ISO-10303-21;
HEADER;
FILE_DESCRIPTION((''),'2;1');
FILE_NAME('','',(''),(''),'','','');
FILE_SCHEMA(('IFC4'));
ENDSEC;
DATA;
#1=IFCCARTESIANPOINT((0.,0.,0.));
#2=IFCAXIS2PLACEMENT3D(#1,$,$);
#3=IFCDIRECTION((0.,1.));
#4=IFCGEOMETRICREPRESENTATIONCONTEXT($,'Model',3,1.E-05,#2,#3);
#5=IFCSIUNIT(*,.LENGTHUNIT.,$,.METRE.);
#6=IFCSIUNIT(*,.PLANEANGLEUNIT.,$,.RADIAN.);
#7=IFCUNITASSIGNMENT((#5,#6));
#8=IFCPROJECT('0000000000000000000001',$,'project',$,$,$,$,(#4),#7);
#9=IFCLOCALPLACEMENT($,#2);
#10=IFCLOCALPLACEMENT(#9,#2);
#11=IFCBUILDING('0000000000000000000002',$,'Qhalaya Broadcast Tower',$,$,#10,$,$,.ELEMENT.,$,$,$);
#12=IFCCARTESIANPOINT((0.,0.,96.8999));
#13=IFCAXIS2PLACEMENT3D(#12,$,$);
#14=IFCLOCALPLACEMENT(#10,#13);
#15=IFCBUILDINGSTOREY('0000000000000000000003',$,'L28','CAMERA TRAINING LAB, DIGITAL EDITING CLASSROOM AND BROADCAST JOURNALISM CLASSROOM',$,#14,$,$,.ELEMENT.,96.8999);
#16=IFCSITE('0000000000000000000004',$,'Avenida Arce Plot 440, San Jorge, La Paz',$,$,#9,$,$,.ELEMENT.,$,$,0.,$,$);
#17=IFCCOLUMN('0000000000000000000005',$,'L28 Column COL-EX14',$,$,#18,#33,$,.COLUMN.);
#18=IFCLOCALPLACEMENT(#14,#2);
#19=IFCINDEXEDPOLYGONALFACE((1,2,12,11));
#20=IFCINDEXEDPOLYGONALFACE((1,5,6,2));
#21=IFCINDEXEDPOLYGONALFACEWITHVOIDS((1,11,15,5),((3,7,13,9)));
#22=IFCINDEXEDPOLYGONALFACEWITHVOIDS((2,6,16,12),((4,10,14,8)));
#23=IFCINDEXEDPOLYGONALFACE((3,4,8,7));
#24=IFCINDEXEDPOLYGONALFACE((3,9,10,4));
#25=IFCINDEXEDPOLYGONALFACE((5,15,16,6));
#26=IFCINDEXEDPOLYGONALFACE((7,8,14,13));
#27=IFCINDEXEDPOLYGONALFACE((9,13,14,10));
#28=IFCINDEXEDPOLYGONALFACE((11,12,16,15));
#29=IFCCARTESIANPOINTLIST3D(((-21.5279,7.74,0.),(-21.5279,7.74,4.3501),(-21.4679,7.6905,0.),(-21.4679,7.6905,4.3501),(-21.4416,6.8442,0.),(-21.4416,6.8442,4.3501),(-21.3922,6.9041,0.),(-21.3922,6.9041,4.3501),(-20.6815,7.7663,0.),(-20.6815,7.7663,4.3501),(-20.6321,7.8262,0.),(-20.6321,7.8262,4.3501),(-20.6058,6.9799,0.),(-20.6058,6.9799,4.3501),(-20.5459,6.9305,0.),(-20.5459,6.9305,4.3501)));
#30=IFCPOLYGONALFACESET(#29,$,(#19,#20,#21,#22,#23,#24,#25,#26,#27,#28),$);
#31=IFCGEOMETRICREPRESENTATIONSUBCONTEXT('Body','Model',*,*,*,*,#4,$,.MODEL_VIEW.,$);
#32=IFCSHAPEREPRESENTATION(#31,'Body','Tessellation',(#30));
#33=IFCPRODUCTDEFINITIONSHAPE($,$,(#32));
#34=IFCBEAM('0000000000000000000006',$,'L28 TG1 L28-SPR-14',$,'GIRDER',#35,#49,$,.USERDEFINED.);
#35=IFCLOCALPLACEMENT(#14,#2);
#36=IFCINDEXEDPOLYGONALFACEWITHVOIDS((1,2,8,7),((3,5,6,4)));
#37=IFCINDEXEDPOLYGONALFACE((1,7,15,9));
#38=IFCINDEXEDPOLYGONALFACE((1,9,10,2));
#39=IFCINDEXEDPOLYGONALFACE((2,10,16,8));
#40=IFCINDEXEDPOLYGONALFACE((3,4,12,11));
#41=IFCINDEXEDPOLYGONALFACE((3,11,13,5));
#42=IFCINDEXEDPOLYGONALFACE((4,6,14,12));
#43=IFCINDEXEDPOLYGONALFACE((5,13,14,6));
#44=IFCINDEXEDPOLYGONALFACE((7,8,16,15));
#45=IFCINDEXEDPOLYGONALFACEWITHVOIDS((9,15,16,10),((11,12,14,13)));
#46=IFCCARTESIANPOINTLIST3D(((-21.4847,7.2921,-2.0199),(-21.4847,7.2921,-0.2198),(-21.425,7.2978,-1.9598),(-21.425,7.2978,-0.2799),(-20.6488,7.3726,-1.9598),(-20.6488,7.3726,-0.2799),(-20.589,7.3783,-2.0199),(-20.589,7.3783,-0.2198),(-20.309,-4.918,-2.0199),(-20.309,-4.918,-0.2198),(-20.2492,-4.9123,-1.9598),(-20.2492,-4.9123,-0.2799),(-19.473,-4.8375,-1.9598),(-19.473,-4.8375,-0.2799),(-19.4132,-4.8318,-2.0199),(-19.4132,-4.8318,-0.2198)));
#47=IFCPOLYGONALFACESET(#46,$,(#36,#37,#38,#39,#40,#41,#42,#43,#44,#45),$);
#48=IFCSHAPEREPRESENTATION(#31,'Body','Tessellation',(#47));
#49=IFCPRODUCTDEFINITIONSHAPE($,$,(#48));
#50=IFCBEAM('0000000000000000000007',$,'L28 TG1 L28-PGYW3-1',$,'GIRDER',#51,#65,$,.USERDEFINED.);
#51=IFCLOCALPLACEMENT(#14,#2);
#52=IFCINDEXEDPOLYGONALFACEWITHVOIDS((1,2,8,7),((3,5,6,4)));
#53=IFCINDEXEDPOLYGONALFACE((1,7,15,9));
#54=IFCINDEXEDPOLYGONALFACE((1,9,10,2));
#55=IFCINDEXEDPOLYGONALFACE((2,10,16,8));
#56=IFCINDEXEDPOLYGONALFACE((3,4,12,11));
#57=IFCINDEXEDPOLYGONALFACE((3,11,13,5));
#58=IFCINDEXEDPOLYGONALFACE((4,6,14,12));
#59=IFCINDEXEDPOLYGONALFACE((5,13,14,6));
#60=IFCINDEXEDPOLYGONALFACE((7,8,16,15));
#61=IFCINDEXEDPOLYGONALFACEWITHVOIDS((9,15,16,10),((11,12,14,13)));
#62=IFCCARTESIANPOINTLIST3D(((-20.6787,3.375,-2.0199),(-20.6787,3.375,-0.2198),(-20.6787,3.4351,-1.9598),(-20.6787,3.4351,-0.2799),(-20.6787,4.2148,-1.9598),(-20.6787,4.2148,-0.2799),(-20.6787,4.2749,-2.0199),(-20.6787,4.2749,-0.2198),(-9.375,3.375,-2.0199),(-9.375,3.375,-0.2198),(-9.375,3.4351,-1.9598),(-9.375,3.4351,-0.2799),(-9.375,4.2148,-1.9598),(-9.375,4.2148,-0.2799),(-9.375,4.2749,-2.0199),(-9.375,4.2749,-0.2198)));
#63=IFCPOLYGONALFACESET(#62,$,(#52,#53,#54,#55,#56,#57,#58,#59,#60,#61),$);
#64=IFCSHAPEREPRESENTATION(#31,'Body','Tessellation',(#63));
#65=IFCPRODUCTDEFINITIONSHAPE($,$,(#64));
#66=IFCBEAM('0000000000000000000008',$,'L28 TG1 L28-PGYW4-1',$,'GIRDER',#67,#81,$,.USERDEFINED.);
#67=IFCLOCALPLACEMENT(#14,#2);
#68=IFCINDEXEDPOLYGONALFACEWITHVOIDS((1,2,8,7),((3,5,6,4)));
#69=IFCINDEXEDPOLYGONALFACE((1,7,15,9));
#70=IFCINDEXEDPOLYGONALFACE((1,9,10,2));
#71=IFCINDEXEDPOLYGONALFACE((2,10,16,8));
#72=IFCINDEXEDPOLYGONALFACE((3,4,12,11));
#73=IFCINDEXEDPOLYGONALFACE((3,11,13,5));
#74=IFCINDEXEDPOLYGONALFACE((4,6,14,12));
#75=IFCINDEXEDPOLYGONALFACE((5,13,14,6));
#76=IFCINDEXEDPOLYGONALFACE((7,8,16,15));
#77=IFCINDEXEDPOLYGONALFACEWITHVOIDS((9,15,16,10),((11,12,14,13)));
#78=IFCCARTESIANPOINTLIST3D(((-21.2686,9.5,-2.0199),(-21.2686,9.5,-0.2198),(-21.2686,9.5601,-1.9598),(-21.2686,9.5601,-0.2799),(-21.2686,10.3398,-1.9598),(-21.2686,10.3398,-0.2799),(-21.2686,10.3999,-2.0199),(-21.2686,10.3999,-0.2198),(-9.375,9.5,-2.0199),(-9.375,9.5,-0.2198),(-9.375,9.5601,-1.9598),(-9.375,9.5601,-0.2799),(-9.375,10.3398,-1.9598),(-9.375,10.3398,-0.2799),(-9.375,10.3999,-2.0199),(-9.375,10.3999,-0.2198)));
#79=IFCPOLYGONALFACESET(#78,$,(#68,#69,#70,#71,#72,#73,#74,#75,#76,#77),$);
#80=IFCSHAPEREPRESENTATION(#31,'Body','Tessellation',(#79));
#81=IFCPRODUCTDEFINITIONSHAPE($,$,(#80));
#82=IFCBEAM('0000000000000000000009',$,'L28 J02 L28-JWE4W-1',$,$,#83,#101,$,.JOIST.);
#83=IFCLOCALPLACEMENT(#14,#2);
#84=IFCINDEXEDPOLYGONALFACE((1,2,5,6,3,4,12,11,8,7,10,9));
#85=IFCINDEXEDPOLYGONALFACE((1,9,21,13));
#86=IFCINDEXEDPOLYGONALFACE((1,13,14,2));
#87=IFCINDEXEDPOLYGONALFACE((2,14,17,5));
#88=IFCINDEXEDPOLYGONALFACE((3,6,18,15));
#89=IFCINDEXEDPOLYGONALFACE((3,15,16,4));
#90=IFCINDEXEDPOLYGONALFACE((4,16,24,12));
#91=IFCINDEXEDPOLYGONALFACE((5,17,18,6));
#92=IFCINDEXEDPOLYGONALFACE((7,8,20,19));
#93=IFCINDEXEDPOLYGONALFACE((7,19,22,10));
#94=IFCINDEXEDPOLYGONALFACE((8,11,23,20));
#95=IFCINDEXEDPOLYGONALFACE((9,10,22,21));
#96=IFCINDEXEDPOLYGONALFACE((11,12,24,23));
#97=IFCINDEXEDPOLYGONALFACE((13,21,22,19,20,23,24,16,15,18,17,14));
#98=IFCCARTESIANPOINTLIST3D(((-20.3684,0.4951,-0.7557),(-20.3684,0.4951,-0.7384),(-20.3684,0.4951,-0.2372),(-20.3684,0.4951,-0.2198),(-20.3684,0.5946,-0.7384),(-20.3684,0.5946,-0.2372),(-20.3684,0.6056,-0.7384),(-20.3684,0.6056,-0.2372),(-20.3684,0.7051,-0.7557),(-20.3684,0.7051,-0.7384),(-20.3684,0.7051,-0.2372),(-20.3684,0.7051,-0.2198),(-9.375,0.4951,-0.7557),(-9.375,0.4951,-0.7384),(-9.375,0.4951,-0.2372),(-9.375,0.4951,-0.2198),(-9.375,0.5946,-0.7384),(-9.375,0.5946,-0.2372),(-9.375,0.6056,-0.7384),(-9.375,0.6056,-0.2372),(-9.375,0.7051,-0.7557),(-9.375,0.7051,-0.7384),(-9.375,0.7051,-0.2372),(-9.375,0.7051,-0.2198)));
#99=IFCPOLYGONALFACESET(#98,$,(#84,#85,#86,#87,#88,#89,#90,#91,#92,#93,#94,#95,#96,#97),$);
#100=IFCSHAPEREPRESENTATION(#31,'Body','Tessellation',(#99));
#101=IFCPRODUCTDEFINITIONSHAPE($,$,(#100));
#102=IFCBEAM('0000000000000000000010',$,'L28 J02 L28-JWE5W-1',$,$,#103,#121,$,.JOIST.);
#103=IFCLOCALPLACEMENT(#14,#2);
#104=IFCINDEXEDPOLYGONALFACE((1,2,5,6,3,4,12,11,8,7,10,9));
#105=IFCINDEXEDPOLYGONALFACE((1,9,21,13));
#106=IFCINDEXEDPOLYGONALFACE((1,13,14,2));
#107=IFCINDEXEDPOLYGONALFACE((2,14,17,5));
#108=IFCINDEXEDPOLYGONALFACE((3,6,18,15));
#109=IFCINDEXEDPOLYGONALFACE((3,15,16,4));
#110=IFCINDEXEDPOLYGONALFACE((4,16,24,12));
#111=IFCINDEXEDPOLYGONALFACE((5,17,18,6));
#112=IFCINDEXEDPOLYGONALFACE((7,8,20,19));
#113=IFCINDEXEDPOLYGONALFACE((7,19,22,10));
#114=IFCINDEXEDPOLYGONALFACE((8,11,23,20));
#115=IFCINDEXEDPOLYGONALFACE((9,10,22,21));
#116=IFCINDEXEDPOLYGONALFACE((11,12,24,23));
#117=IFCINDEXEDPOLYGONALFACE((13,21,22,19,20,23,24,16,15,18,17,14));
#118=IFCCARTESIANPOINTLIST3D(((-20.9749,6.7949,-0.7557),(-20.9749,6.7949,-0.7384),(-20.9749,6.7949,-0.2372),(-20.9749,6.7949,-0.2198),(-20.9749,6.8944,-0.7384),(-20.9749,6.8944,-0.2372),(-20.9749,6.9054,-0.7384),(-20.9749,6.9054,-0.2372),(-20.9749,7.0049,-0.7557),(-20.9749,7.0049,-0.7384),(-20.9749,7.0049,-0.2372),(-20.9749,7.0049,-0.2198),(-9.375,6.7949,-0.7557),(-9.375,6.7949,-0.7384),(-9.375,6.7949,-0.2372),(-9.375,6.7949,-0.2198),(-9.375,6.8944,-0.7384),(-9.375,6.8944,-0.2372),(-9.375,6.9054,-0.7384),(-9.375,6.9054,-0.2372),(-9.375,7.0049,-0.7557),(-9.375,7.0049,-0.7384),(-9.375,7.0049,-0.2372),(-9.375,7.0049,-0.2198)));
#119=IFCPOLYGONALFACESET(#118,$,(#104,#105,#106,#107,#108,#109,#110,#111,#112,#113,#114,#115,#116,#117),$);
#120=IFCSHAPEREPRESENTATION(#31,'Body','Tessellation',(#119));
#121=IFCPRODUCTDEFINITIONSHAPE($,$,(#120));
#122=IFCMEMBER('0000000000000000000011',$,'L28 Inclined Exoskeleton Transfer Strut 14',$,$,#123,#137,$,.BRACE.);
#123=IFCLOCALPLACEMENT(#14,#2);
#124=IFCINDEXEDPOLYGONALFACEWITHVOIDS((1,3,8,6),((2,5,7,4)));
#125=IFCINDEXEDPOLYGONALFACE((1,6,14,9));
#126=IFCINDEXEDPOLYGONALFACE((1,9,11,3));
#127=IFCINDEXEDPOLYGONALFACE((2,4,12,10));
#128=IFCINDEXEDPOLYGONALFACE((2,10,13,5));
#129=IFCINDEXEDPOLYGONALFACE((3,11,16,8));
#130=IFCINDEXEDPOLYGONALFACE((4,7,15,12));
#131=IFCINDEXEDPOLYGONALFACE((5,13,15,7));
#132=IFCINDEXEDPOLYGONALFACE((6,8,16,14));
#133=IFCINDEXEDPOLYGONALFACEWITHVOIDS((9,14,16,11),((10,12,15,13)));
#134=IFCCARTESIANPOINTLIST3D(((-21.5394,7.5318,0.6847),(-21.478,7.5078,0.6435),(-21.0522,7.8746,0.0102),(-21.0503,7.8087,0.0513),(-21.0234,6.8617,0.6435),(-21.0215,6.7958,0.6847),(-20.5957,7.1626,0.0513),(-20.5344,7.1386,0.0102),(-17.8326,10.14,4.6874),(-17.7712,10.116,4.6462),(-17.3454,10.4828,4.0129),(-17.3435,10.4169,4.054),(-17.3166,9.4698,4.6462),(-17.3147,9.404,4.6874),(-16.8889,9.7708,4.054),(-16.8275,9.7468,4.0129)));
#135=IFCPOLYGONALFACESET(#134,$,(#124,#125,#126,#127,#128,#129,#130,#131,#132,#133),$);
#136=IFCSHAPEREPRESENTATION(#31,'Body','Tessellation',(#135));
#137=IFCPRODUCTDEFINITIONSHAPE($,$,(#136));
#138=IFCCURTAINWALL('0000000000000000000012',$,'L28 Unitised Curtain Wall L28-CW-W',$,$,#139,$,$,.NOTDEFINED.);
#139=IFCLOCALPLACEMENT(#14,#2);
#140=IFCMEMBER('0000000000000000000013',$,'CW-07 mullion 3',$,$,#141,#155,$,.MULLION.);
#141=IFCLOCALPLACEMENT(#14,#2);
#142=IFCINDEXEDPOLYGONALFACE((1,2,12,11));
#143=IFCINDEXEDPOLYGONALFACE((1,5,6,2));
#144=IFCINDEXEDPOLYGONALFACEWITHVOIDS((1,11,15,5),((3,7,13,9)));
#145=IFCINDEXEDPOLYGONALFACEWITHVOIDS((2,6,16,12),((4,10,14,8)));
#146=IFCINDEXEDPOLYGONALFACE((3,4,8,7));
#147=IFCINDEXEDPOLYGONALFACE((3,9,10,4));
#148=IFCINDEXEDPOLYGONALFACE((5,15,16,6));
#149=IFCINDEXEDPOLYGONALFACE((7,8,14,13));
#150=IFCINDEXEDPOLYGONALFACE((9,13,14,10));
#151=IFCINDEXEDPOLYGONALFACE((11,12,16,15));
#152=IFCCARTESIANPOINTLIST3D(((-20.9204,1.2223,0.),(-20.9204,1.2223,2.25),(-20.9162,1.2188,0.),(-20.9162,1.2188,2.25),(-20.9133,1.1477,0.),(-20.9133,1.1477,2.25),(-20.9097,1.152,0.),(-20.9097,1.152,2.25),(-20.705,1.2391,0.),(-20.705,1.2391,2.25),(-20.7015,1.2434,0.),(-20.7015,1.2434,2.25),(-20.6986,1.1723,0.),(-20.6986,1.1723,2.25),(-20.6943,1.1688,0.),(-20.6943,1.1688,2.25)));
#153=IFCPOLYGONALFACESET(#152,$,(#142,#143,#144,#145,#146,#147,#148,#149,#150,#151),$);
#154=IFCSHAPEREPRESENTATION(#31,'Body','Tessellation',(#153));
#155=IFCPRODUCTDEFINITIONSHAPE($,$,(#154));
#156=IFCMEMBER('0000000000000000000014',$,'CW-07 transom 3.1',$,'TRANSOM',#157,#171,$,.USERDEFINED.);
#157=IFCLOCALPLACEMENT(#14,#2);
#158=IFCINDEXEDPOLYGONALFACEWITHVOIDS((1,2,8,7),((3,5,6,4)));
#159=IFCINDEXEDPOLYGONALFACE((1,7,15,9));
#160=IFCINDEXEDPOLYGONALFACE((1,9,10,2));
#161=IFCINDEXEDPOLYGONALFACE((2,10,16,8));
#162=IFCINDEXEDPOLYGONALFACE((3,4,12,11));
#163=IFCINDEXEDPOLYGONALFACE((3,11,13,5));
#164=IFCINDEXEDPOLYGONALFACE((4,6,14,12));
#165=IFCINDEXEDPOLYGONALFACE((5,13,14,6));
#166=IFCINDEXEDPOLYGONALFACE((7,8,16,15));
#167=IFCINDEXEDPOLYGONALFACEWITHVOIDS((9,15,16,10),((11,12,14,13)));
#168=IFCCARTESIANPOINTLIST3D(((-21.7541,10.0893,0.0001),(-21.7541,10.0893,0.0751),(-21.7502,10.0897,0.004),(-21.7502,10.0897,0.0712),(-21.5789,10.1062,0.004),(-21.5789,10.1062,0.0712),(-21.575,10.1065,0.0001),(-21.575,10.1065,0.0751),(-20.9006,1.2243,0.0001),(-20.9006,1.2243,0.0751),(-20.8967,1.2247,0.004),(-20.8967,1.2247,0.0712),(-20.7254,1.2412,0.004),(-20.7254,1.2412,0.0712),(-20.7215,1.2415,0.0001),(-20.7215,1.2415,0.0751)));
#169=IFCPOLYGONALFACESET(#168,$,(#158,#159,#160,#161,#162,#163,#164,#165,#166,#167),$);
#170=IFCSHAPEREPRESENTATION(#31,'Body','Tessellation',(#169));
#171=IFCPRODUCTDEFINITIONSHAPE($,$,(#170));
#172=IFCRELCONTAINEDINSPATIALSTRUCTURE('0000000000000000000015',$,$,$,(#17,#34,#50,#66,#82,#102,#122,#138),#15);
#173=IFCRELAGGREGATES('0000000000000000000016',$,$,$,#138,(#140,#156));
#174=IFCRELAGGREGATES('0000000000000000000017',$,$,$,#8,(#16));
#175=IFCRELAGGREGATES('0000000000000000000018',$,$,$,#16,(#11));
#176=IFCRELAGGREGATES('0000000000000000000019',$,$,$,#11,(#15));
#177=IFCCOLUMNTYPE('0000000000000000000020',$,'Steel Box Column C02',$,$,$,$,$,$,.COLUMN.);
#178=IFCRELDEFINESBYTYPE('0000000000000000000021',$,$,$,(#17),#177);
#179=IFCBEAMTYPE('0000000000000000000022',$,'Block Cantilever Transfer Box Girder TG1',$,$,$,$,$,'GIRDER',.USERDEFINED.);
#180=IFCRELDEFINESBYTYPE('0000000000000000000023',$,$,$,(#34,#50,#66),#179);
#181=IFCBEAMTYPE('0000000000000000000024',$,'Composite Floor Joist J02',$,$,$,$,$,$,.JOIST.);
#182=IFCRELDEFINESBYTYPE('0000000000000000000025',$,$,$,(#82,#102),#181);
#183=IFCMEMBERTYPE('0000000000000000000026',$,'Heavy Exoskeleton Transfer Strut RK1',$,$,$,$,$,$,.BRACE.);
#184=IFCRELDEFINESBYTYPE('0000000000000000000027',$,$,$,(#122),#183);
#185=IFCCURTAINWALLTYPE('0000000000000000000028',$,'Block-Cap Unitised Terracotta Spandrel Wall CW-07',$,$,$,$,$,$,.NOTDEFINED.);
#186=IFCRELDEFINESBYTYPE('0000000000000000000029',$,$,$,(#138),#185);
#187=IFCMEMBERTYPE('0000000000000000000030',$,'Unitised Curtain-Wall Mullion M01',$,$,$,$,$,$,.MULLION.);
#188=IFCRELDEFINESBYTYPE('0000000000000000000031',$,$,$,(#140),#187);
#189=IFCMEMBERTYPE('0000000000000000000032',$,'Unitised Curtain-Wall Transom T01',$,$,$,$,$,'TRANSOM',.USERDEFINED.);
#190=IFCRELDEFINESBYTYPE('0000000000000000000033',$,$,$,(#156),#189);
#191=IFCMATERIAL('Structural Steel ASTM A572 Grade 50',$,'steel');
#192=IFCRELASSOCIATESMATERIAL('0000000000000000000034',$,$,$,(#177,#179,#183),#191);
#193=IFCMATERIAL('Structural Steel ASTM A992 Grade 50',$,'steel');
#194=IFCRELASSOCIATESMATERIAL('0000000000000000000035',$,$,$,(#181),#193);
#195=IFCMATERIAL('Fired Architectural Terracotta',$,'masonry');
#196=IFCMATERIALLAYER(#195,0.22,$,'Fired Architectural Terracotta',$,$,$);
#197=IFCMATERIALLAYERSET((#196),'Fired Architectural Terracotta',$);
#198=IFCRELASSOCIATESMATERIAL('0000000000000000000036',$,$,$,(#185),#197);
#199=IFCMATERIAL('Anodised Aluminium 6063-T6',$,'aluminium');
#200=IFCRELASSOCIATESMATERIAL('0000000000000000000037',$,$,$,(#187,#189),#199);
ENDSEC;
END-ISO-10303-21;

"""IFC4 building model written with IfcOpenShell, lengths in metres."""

from ifc_helpers import new_model, si_unit, direction, frame, origin, origin_2d, place, context, subcontext, project, spatial, hollow_rectangle, i_section, extrude, material, layer, layer_set, material_profile, profile_set, type_object, element, aggregate, save


model = new_model("IFC4")

# Units and contexts
model_context = context("Model", 3, precision=1e-05, world=origin(), true_north=direction((0.0, 1.0)))
body_context = subcontext(model_context, "Body", "Model", "MODEL_VIEW")
ifc_project = project(units=[si_unit("LENGTHUNIT", "METRE"), si_unit("PLANEANGLEUNIT", "RADIAN")], contexts=[model_context])

# Site, building, storey
site_placement = place(None, origin())
site = spatial("IfcSite", under=ifc_project, at=site_placement, Name="Avenida Arce Plot 440, San Jorge, La Paz", CompositionType="ELEMENT", RefElevation=0.0)
building_placement = place(site_placement, origin())
building = spatial("IfcBuilding", under=site, at=building_placement, Name="Qhalaya Broadcast Tower", CompositionType="ELEMENT")
storey_placement = place(building_placement, frame((0.0, 0.0, 96.8999)))
storey = spatial("IfcBuildingStorey", under=building, at=storey_placement, Name="L28", Description="CAMERA TRAINING LAB, DIGITAL EDITING CLASSROOM AND BROADCAST JOURNALISM CLASSROOM", CompositionType="ELEMENT", Elevation=96.8999)

# Column
ifc_material_1 = material(Name="Structural Steel ASTM A572 Grade 50", Category="steel")
ifc_material_profile_1 = material_profile(ifc_material_1, hollow_rectangle(XDim=0.8999, YDim=0.8999, WallThickness=0.0549, at=origin_2d()), Name="BOX 900x900x55")
ifc_profile_set_1 = profile_set([ifc_material_profile_1], Name="Structural Steel ASTM A572 Grade 50")
column_type = type_object("IfcColumnType", Name="Steel Box Column C02", PredefinedType="COLUMN", material=ifc_profile_set_1)
column_placement = place(storey_placement, frame((-21.0369, 7.3352, 0.0), z_axis=(0.0, 0.0, 1.0), x_axis=(-0.095846, 0.995396, 0.0)))
element("IfcColumn", 1, at=column_placement, inside=storey, type_object=column_type, Name="L28 Column COL-EX14", PredefinedType="COLUMN", context=body_context, shape_type="SweptSolid", body=[
    extrude(hollow_rectangle(XDim=0.8999, YDim=0.8999, WallThickness=0.0549, at=origin_2d()), origin(), (0.0, 0.0, 1.0), 4.3501),
])

# Beams
ifc_material_profile_2 = material_profile(ifc_material_1, hollow_rectangle(XDim=0.8999, YDim=1.8, WallThickness=0.0601, at=origin_2d()), Name="BOX 900x1800x60")
ifc_profile_set_2 = profile_set([ifc_material_profile_2], Name="Structural Steel ASTM A572 Grade 50")
beam_type_1 = type_object("IfcBeamType", Name="Block Cantilever Transfer Box Girder TG1", ElementType="GIRDER", PredefinedType="USERDEFINED", material=ifc_profile_set_2)
beam_1_placement = place(storey_placement, frame((-21.0369, 7.3352, -1.1199), z_axis=(0.095852, -0.995396, 0.0), x_axis=(0.995396, 0.095852, 0.0)))
element("IfcBeam", 2, at=beam_1_placement, inside=storey, type_object=beam_type_1, Name="L28 TG1 L28-SPR-14", ObjectType="GIRDER", PredefinedType="USERDEFINED", context=body_context, shape_type="SweptSolid", body=[
    extrude(hollow_rectangle(XDim=0.8999, YDim=1.8, WallThickness=0.0601, at=origin_2d()), origin(), (0.0, 0.0, 1.0), 12.2666),
])
beam_2_placement = place(storey_placement, frame((-20.6787, 3.825, -1.1199), z_axis=(1.0, 0.0, 0.0), x_axis=(0.0, 1.0, 0.0)))
element("IfcBeam", 3, at=beam_2_placement, inside=storey, type_object=beam_type_1, Name="L28 TG1 L28-PGYW3-1", ObjectType="GIRDER", PredefinedType="USERDEFINED", context=body_context, shape_type="SweptSolid", body=[
    extrude(hollow_rectangle(XDim=0.8999, YDim=1.8, WallThickness=0.0601, at=origin_2d()), origin(), (0.0, 0.0, 1.0), 11.3037),
])
beam_3_placement = place(storey_placement, frame((-21.2686, 9.95, -1.1199), z_axis=(1.0, 0.0, 0.0), x_axis=(0.0, 1.0, 0.0)))
element("IfcBeam", 4, at=beam_3_placement, inside=storey, type_object=beam_type_1, Name="L28 TG1 L28-PGYW4-1", ObjectType="GIRDER", PredefinedType="USERDEFINED", context=body_context, shape_type="SweptSolid", body=[
    extrude(hollow_rectangle(XDim=0.8999, YDim=1.8, WallThickness=0.0601, at=origin_2d()), origin(), (0.0, 0.0, 1.0), 11.8936),
])
ifc_material_2 = material(Name="Structural Steel ASTM A992 Grade 50", Category="steel")
ifc_material_profile_3 = material_profile(ifc_material_2, i_section(OverallWidth=0.21, OverallDepth=0.5359, WebThickness=0.011, FlangeThickness=0.0173, at=origin_2d()), Name="W21X68")
ifc_profile_set_3 = profile_set([ifc_material_profile_3], Name="Structural Steel ASTM A992 Grade 50")
beam_type_2 = type_object("IfcBeamType", Name="Composite Floor Joist J02", PredefinedType="JOIST", material=ifc_profile_set_3)
beam_4_placement = place(storey_placement, frame((-20.3684, 0.6001, -0.4878), z_axis=(1.0, 0.0, 0.0), x_axis=(0.0, 1.0, 0.0)))
element("IfcBeam", 5, at=beam_4_placement, inside=storey, type_object=beam_type_2, Name="L28 J02 L28-JWE4W-1", PredefinedType="JOIST", context=body_context, shape_type="SweptSolid", body=[
    extrude(i_section(OverallWidth=0.21, OverallDepth=0.5359, WebThickness=0.011, FlangeThickness=0.0173, at=origin_2d()), origin(), (0.0, 0.0, 1.0), 10.9934),
])
beam_5_placement = place(storey_placement, frame((-20.9749, 6.8999, -0.4878), z_axis=(1.0, 0.0, 0.0), x_axis=(0.0, 1.0, 0.0)))
element("IfcBeam", 6, at=beam_5_placement, inside=storey, type_object=beam_type_2, Name="L28 J02 L28-JWE5W-1", PredefinedType="JOIST", context=body_context, shape_type="SweptSolid", body=[
    extrude(i_section(OverallWidth=0.21, OverallDepth=0.5359, WebThickness=0.011, FlangeThickness=0.0173, at=origin_2d()), origin(), (0.0, 0.0, 1.0), 11.5999),
])

# Member
ifc_material_profile_4 = material_profile(ifc_material_1, hollow_rectangle(XDim=0.8999, YDim=0.8999, WallThickness=0.0549, at=origin_2d()), Name="BOX 900x900x55")
ifc_profile_set_4 = profile_set([ifc_material_profile_4], Name="Structural Steel ASTM A572 Grade 50")
member_type_1 = type_object("IfcMemberType", Name="Heavy Exoskeleton Transfer Strut RK1", PredefinedType="BRACE", material=ifc_profile_set_4)
member_1_placement = place(storey_placement, frame((-21.0369, 7.3352, 0.3474), z_axis=(0.613013, 0.431325, 0.661947), x_axis=(-0.575445, 0.81784, 0.0)))
element("IfcMember", 7, at=member_1_placement, inside=storey, type_object=member_type_1, Name="L28 Inclined Exoskeleton Transfer Strut 14", PredefinedType="BRACE", context=body_context, shape_type="SweptSolid", body=[
    extrude(hollow_rectangle(XDim=0.8999, YDim=0.8999, WallThickness=0.0549, at=origin_2d()), origin(), (0.0, 0.0, 1.0), 6.0469),
])

# Curtain wall, members
ifc_material_3 = material(Name="Fired Architectural Terracotta", Category="masonry")
ifc_layer_1 = layer(ifc_material_3, 0.22, Name="Fired Architectural Terracotta")
ifc_layer_set_1 = layer_set([ifc_layer_1], Name="Fired Architectural Terracotta")
curtain_wall_type = type_object("IfcCurtainWallType", Name="Block-Cap Unitised Terracotta Spandrel Wall CW-07", PredefinedType="NOTDEFINED", material=ifc_layer_set_1)
curtain_wall_placement = place(storey_placement, origin())
curtain_wall = element("IfcCurtainWall", 8, at=curtain_wall_placement, inside=storey, type_object=curtain_wall_type, Name="L28 Unitised Curtain Wall L28-CW-W", PredefinedType="NOTDEFINED")
ifc_material_4 = material(Name="Anodised Aluminium 6063-T6", Category="aluminium")
ifc_material_profile_5 = material_profile(ifc_material_4, hollow_rectangle(XDim=0.075, YDim=0.22, WallThickness=0.0039, at=origin_2d()), Name="ALU-MUL 75x220x4")
ifc_profile_set_5 = profile_set([ifc_material_profile_5], Name="Anodised Aluminium 6063-T6")
member_type_2 = type_object("IfcMemberType", Name="Unitised Curtain-Wall Mullion M01", PredefinedType="MULLION", material=ifc_profile_set_5)
member_2_placement = place(storey_placement, frame((-20.8074, 1.1956, 0.0), z_axis=(0.0, 0.0, 1.0), x_axis=(-0.095847, 0.995396, 0.0)))
member_2 = element("IfcMember", 9, at=member_2_placement, type_object=member_type_2, Name="CW-07 mullion 3", PredefinedType="MULLION", context=body_context, shape_type="SweptSolid", body=[
    extrude(hollow_rectangle(XDim=0.075, YDim=0.22, WallThickness=0.0039, at=origin_2d()), origin(), (0.0, 0.0, 1.0), 2.25),
])
ifc_material_profile_6 = material_profile(ifc_material_4, hollow_rectangle(XDim=0.075, YDim=0.1799, WallThickness=0.0039, at=origin_2d()), Name="ALU-TRN 75x180x4")
ifc_profile_set_6 = profile_set([ifc_material_profile_6], Name="Anodised Aluminium 6063-T6")
member_type_3 = type_object("IfcMemberType", Name="Unitised Curtain-Wall Transom T01", ElementType="TRANSOM", PredefinedType="USERDEFINED", material=ifc_profile_set_6)
member_3_placement = place(storey_placement, frame((-20.811, 1.2329, 0.0376), z_axis=(-0.095836, 0.995397, 0.0), x_axis=(0.0, 0.0, 1.0)))
member_3 = element("IfcMember", 10, at=member_3_placement, type_object=member_type_3, Name="CW-07 transom 3.1", ObjectType="TRANSOM", PredefinedType="USERDEFINED", context=body_context, shape_type="SweptSolid", body=[
    extrude(hollow_rectangle(XDim=0.075, YDim=0.1799, WallThickness=0.0039, at=origin_2d()), origin(), (0.0, 0.0, 1.0), 8.906),
])

aggregate(curtain_wall, [member_2, member_3])

save(model, "model.ifc")
